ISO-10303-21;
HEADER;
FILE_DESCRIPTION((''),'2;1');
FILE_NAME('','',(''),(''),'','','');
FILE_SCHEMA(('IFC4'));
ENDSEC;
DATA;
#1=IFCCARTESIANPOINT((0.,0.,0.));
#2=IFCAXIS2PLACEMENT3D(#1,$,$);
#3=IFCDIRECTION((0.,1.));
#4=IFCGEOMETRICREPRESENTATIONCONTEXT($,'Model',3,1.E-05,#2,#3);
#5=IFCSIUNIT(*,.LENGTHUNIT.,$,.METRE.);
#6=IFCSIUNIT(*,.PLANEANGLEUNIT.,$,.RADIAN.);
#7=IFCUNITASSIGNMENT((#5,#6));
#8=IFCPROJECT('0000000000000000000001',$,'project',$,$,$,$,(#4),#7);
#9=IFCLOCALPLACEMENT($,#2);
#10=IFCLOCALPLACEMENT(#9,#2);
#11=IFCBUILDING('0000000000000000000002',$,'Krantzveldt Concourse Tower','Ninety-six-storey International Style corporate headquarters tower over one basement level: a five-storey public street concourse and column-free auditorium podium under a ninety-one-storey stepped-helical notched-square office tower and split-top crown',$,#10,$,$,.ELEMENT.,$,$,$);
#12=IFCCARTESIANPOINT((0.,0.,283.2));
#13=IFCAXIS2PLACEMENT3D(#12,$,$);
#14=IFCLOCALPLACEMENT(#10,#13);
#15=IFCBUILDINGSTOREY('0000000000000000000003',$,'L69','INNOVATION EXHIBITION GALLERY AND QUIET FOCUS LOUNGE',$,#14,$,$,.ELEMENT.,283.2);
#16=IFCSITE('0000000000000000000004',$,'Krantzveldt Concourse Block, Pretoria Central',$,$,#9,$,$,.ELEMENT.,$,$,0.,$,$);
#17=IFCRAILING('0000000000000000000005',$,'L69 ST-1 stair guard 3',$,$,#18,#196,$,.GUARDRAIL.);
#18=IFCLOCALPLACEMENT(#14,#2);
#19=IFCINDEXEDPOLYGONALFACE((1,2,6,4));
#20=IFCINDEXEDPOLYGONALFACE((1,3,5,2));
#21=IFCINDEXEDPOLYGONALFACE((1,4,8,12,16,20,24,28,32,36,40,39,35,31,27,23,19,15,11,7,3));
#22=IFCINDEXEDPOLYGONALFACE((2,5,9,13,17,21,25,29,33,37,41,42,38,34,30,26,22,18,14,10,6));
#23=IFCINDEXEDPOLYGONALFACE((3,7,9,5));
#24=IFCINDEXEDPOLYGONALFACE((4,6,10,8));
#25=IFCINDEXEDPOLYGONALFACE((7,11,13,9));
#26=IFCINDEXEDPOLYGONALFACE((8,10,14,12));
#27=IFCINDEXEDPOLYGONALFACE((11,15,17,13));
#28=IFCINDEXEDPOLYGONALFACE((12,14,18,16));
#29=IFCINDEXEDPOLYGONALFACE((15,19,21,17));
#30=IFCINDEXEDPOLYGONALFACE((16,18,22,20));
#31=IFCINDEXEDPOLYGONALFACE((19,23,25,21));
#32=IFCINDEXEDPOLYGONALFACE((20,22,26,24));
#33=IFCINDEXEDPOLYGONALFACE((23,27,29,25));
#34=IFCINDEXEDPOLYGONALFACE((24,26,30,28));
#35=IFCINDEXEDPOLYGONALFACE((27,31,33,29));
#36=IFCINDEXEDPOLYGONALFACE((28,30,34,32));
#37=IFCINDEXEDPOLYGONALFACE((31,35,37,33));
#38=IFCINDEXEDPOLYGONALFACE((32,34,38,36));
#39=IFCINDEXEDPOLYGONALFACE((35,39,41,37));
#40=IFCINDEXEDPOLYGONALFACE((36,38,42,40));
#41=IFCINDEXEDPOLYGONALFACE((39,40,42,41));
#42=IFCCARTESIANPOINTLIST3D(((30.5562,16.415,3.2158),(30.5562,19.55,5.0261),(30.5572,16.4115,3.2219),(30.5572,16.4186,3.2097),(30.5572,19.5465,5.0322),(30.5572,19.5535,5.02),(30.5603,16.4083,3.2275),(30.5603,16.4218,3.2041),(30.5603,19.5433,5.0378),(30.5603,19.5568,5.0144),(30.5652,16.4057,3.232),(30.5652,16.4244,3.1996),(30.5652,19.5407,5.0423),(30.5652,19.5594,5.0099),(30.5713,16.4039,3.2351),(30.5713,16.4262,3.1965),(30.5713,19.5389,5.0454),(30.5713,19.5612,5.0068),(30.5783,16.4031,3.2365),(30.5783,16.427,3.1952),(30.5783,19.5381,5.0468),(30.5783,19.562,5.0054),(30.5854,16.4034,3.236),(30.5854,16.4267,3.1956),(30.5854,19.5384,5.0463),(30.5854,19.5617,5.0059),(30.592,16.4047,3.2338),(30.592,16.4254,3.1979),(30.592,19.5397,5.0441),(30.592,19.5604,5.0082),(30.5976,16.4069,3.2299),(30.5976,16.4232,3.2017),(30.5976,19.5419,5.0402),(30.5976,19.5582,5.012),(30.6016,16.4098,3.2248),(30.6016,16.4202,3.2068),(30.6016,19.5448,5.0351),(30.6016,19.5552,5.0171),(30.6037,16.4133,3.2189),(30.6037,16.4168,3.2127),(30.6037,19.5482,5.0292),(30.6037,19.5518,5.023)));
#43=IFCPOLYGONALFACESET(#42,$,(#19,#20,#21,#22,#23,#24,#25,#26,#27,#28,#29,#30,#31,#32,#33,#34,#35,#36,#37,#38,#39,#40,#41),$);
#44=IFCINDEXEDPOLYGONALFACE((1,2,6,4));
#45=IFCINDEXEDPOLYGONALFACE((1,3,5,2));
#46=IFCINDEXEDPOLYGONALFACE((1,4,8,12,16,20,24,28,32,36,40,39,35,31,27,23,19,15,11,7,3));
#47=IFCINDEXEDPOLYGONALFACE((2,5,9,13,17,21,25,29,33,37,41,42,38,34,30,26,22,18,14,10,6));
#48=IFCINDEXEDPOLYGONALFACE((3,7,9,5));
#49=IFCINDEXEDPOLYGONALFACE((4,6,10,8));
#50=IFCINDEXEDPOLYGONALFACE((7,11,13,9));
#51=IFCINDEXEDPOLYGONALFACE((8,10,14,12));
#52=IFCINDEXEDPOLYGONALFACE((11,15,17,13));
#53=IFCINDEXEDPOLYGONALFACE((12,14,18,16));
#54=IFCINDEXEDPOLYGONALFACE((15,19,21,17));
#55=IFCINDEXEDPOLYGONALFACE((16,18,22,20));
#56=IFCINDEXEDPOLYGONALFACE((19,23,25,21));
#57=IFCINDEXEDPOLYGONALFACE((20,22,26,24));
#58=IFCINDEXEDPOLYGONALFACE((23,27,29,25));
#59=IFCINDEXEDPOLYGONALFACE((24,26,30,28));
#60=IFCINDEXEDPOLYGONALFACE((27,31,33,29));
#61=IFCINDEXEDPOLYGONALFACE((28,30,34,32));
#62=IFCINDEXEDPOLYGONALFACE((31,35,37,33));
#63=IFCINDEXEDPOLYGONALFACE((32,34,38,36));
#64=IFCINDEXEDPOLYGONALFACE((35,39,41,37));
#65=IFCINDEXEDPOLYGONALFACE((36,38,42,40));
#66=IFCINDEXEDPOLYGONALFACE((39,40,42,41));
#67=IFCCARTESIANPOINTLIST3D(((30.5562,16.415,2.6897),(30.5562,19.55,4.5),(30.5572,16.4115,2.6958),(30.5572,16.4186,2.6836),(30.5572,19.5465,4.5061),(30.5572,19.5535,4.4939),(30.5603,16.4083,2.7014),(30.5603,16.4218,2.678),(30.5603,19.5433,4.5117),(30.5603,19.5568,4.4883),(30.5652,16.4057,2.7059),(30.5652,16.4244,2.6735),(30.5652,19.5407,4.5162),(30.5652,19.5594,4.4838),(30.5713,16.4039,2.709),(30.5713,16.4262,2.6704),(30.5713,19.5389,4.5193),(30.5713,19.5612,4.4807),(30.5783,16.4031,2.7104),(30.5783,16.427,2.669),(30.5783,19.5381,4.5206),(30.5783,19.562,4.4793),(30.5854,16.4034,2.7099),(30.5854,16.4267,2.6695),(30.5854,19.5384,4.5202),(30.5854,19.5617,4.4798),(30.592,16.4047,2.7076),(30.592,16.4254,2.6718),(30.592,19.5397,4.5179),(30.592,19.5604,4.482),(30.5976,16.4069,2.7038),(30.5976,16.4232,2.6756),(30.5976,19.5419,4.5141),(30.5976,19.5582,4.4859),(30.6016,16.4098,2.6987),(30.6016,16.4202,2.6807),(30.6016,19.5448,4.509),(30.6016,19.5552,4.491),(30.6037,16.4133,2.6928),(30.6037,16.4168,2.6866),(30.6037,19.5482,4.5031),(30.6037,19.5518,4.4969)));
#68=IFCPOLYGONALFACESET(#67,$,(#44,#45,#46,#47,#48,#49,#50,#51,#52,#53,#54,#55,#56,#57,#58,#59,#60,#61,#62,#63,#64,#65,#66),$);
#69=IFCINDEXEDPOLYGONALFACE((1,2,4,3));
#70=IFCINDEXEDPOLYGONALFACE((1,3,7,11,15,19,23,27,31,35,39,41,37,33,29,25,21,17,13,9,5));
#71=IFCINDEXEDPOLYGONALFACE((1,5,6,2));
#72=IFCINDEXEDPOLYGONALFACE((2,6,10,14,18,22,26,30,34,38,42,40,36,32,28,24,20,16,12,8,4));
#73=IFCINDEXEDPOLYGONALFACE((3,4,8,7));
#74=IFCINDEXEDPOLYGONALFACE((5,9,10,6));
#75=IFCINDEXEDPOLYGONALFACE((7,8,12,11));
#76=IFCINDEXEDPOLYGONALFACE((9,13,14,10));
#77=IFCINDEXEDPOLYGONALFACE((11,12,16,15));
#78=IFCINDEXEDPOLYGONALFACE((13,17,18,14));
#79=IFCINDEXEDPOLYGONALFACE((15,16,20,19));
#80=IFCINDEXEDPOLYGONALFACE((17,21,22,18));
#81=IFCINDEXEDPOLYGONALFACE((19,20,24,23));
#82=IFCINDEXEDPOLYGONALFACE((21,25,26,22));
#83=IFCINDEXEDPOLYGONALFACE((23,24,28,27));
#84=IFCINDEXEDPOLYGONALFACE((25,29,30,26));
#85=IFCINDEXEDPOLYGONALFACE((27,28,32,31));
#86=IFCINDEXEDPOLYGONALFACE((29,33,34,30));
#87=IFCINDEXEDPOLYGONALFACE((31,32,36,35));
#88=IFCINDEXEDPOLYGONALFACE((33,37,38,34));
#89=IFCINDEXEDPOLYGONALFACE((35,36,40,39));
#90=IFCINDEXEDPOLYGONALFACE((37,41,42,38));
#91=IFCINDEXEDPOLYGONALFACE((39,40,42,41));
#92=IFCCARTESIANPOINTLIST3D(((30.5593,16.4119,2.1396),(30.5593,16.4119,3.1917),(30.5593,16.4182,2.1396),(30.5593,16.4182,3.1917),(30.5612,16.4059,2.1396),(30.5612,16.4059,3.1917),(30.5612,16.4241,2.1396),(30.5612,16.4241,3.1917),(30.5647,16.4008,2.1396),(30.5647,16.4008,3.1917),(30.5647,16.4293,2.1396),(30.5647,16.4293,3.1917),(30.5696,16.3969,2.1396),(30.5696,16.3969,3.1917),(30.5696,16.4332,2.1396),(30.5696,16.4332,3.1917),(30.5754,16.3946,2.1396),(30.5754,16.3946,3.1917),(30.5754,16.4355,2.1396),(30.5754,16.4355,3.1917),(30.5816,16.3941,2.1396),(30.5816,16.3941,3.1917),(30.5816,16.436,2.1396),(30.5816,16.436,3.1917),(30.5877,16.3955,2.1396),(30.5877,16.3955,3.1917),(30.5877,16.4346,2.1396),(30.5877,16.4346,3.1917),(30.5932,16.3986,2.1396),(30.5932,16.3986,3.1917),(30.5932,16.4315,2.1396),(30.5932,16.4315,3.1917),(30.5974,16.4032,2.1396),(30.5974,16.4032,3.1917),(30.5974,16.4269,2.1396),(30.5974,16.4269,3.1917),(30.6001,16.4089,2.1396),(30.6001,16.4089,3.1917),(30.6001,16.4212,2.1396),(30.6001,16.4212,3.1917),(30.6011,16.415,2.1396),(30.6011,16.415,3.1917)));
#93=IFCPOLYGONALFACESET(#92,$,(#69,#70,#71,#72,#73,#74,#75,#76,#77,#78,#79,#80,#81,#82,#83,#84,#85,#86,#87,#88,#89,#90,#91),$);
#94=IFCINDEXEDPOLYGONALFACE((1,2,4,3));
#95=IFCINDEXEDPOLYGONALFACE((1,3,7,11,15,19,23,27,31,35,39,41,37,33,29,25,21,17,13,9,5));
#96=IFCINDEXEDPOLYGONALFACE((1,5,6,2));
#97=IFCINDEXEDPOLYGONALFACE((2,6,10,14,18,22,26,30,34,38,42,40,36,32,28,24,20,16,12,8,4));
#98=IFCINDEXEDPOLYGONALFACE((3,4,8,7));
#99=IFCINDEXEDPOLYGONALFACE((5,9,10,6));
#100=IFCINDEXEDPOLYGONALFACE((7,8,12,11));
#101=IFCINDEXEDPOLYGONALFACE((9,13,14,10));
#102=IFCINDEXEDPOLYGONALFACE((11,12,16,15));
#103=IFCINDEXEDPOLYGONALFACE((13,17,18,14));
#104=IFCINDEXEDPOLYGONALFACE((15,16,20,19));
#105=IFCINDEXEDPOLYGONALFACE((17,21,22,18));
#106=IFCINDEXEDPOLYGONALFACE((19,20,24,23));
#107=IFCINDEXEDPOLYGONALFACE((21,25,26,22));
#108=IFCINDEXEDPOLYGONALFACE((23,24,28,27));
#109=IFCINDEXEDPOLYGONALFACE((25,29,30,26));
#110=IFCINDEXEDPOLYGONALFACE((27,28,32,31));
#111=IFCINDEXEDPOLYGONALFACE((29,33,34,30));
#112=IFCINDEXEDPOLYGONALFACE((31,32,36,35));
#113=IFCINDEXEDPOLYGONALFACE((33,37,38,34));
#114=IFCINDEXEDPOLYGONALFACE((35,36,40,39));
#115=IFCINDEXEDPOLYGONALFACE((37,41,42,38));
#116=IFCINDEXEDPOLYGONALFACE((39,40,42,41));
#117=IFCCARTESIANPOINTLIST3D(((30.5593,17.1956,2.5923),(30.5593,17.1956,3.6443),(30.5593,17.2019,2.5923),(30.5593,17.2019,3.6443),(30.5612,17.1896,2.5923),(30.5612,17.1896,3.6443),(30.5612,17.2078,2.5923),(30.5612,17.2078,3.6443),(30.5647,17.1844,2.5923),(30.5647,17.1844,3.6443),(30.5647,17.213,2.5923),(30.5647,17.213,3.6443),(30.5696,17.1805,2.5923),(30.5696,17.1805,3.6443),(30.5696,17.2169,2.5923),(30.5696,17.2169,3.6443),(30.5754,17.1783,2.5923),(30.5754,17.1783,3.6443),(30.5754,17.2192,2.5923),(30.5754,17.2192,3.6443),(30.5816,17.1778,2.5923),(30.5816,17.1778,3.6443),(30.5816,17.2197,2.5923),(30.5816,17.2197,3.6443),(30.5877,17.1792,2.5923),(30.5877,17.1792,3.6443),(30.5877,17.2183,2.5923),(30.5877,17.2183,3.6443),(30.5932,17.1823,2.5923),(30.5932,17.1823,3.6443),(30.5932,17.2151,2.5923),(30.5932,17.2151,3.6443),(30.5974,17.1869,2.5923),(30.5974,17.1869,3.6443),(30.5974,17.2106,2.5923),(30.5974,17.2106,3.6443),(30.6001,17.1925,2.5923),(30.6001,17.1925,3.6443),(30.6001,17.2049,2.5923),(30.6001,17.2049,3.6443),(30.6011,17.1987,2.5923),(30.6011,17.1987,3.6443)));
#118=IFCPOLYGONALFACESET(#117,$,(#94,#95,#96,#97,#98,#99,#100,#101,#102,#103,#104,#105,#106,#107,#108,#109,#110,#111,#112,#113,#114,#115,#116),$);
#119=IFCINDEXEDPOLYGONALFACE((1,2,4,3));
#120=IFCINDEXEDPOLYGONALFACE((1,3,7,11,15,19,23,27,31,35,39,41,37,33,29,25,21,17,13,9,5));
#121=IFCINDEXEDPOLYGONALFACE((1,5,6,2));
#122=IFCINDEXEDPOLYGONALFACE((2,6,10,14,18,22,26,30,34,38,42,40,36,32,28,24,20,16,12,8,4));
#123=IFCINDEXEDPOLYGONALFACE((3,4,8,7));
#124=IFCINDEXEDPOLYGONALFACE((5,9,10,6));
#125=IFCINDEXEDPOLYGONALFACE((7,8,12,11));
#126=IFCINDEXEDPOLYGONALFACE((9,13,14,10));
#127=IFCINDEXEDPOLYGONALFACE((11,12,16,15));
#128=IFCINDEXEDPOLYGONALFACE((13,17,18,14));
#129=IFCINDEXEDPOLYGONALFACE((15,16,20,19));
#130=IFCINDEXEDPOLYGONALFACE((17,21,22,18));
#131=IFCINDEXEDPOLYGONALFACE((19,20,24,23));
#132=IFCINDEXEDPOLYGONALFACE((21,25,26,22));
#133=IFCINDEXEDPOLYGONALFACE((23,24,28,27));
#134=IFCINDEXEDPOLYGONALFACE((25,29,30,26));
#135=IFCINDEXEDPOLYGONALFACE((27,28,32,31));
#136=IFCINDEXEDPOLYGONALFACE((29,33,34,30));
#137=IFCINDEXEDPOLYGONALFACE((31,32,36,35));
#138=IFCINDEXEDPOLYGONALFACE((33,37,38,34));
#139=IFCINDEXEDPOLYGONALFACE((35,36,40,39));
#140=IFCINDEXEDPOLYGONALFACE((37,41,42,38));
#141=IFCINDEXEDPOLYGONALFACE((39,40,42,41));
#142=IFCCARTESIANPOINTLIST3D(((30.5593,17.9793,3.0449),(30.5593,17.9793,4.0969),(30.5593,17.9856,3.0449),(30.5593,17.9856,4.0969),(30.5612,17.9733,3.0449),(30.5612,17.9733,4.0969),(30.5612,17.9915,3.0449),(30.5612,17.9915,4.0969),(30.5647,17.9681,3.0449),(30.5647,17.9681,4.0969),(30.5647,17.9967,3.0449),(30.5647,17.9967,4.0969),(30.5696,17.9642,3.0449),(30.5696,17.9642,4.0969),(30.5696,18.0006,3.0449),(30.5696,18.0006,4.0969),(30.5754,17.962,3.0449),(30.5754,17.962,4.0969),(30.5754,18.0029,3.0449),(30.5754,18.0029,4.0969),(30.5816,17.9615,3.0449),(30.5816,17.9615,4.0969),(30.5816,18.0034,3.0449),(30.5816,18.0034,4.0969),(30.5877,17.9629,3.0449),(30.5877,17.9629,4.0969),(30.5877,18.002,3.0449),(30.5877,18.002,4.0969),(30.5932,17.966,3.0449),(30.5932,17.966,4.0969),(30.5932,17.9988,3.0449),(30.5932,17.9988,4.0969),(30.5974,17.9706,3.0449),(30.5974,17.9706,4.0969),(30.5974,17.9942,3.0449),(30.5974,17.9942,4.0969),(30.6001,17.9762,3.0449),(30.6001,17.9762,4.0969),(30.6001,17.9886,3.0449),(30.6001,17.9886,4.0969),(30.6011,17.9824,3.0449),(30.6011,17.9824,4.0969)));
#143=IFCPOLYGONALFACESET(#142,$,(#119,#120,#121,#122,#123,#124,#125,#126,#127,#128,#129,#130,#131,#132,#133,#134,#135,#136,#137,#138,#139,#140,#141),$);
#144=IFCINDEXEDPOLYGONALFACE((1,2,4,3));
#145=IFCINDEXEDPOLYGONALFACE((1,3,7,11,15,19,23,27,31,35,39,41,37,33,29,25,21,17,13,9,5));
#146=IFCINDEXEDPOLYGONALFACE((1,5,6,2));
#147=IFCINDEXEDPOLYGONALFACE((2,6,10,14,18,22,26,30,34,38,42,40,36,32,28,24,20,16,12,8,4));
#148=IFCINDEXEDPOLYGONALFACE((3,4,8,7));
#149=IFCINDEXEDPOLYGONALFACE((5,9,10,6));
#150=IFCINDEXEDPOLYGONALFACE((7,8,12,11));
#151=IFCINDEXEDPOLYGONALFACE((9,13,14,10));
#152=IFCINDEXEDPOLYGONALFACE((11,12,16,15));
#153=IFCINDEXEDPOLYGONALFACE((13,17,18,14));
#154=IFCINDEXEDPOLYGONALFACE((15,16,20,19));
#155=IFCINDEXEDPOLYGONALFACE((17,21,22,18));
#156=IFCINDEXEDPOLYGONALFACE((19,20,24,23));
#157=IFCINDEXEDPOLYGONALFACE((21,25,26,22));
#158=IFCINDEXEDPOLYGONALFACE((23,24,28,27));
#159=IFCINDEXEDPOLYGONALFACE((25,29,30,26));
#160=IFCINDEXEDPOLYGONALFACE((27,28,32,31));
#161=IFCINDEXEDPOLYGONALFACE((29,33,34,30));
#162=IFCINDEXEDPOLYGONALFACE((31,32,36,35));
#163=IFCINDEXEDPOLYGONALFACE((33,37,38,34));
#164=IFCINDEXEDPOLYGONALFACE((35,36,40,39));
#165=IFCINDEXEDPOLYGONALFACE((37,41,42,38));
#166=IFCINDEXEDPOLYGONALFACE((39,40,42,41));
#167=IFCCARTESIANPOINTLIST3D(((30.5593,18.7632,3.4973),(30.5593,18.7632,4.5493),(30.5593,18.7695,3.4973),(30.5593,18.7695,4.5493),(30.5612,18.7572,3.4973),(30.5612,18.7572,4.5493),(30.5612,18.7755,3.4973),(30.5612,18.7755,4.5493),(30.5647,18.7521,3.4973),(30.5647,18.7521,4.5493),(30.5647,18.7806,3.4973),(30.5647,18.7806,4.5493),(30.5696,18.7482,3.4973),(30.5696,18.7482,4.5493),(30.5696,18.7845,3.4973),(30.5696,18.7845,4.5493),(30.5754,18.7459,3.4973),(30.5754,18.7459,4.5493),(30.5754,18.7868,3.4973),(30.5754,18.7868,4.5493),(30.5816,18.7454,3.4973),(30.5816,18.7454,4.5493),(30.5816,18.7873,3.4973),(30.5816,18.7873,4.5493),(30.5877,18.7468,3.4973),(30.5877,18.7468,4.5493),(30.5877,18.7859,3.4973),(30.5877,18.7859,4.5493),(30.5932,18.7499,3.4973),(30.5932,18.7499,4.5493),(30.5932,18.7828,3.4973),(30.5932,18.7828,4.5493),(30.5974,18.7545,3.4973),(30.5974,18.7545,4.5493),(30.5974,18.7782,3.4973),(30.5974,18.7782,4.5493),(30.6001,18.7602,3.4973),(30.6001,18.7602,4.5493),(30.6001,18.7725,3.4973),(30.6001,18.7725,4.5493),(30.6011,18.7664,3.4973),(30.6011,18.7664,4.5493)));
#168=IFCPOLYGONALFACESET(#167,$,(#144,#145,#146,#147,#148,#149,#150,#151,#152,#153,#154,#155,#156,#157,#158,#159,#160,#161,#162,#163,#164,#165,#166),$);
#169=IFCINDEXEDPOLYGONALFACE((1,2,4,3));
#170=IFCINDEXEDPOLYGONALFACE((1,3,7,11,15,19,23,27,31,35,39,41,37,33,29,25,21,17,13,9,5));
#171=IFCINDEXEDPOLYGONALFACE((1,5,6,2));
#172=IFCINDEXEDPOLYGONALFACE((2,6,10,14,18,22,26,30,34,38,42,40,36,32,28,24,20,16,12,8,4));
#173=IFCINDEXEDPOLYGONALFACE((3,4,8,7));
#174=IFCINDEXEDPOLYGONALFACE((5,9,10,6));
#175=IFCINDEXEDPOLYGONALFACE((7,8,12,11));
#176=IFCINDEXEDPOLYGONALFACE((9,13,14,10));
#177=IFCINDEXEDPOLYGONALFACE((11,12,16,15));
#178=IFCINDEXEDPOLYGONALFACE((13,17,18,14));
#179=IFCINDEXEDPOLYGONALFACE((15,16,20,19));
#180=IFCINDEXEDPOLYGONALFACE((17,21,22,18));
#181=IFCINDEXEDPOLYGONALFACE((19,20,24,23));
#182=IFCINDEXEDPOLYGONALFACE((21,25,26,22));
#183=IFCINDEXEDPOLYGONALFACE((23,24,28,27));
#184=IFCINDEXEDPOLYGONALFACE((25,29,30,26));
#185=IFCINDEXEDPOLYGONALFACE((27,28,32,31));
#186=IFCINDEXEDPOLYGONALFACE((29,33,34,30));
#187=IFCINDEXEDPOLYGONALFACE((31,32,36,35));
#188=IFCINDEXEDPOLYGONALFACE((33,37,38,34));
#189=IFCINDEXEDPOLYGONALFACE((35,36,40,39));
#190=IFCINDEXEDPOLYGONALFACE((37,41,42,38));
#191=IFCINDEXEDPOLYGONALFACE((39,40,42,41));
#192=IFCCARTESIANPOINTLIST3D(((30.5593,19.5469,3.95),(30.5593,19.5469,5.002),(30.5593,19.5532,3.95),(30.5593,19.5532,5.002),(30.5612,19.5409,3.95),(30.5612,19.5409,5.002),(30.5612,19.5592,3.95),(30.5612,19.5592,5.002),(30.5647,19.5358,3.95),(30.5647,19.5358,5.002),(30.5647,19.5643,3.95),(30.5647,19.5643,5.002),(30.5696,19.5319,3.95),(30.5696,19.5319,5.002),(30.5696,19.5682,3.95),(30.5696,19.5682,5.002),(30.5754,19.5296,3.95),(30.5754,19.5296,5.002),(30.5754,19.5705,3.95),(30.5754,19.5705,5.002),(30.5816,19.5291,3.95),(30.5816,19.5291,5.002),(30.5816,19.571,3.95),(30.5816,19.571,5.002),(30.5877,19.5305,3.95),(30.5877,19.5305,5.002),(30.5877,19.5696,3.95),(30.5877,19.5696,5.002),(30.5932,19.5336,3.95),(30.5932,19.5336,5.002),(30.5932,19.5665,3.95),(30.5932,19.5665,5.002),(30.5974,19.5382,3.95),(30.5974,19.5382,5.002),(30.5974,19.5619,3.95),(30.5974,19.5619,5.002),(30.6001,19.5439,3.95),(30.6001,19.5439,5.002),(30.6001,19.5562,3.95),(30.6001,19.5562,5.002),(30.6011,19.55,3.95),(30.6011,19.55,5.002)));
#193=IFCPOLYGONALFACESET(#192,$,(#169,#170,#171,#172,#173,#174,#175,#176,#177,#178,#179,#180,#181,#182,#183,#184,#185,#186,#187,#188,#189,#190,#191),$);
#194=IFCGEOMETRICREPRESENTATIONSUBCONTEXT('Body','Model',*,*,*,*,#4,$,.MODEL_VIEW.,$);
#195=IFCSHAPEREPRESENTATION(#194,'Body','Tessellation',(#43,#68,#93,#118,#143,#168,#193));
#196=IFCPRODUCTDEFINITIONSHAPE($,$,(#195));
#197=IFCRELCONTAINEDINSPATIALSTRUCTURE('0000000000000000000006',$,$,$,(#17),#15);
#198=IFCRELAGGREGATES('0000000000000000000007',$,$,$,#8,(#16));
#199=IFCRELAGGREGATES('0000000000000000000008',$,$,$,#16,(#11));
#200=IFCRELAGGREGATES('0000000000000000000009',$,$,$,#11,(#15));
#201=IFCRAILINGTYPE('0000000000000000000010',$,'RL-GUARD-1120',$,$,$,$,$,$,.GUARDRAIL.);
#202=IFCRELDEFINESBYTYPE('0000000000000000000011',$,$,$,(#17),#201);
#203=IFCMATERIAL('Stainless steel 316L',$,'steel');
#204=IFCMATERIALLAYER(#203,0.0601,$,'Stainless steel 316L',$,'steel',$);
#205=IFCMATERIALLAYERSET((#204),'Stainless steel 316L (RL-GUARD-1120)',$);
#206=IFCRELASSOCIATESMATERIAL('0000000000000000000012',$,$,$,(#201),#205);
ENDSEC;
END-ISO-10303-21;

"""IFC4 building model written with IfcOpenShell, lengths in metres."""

from ifc_helpers import new_model, si_unit, direction, frame, origin, origin_2d, place, context, subcontext, project, spatial, circle, extrude, material, layer, layer_set, type_object, element, save


model = new_model("IFC4")

# Units and contexts
model_context = context("Model", 3, precision=1e-05, world=origin(), true_north=direction((0.0, 1.0)))
body_context = subcontext(model_context, "Body", "Model", "MODEL_VIEW")
ifc_project = project(units=[si_unit("LENGTHUNIT", "METRE"), si_unit("PLANEANGLEUNIT", "RADIAN")], contexts=[model_context])

# Site, building, storey
site_placement = place(None, origin())
site = spatial("IfcSite", under=ifc_project, at=site_placement, Name="Krantzveldt Concourse Block, Pretoria Central", CompositionType="ELEMENT", RefElevation=0.0)
building_placement = place(site_placement, origin())
building = spatial("IfcBuilding", under=site, at=building_placement, Name="Krantzveldt Concourse Tower", Description="Ninety-six-storey International Style corporate headquarters tower over one basement level: a five-storey public street concourse and column-free auditorium podium under a ninety-one-storey stepped-helical notched-square office tower and split-top crown", CompositionType="ELEMENT")
storey_placement = place(building_placement, frame((0.0, 0.0, 283.2)))
storey = spatial("IfcBuildingStorey", under=building, at=storey_placement, Name="L69", Description="INNOVATION EXHIBITION GALLERY AND QUIET FOCUS LOUNGE", CompositionType="ELEMENT", Elevation=283.2)

# Railing
ifc_material_1 = material(Name="Stainless steel 316L", Category="steel")
ifc_layer_1 = layer(ifc_material_1, 0.0601, Name="Stainless steel 316L", Category="steel")
ifc_layer_set_1 = layer_set([ifc_layer_1], Name="Stainless steel 316L (RL-GUARD-1120)")
railing_type_1 = type_object("IfcRailingType", Name="RL-GUARD-1120", PredefinedType="GUARDRAIL", material=ifc_layer_set_1)
railing_1_placement = place(storey_placement, frame((30.5801, 16.415, 2.1396)))
element("IfcRailing", 1, at=railing_1_placement, inside=storey, type_object=railing_type_1, Name="L69 ST-1 stair guard 3", PredefinedType="GUARDRAIL", context=body_context, shape_type="SweptSolid", body=[
    extrude(circle(Radius=0.0239, at=origin_2d()), frame((0.0, 0.0, 1.0762), z_axis=(0.0, 0.865989, 0.500063), x_axis=(-1.0, 0.0, 0.0)), (0.0, 0.0, 1.0), 3.6201),
    extrude(circle(Radius=0.0239, at=origin_2d()), frame((0.0, 0.0, 0.55), z_axis=(0.0, 0.865989, 0.500063), x_axis=(-1.0, 0.0, 0.0)), (0.0, 0.0, 1.0), 3.6201),
    extrude(circle(Radius=0.021, at=origin_2d()), origin(), (0.0, 0.0, 1.0), 1.052),
    extrude(circle(Radius=0.021, at=origin_2d()), frame((0.0, 0.7837, 0.4526)), (0.0, 0.0, 1.0), 1.052),
    extrude(circle(Radius=0.021, at=origin_2d()), frame((0.0, 1.5674, 0.9053)), (0.0, 0.0, 1.0), 1.052),
    extrude(circle(Radius=0.021, at=origin_2d()), frame((0.0, 2.3513, 1.3577)), (0.0, 0.0, 1.0), 1.052),
    extrude(circle(Radius=0.021, at=origin_2d()), frame((0.0, 3.135, 1.8103)), (0.0, 0.0, 1.0), 1.052),
])

save(model, "model.ifc")
